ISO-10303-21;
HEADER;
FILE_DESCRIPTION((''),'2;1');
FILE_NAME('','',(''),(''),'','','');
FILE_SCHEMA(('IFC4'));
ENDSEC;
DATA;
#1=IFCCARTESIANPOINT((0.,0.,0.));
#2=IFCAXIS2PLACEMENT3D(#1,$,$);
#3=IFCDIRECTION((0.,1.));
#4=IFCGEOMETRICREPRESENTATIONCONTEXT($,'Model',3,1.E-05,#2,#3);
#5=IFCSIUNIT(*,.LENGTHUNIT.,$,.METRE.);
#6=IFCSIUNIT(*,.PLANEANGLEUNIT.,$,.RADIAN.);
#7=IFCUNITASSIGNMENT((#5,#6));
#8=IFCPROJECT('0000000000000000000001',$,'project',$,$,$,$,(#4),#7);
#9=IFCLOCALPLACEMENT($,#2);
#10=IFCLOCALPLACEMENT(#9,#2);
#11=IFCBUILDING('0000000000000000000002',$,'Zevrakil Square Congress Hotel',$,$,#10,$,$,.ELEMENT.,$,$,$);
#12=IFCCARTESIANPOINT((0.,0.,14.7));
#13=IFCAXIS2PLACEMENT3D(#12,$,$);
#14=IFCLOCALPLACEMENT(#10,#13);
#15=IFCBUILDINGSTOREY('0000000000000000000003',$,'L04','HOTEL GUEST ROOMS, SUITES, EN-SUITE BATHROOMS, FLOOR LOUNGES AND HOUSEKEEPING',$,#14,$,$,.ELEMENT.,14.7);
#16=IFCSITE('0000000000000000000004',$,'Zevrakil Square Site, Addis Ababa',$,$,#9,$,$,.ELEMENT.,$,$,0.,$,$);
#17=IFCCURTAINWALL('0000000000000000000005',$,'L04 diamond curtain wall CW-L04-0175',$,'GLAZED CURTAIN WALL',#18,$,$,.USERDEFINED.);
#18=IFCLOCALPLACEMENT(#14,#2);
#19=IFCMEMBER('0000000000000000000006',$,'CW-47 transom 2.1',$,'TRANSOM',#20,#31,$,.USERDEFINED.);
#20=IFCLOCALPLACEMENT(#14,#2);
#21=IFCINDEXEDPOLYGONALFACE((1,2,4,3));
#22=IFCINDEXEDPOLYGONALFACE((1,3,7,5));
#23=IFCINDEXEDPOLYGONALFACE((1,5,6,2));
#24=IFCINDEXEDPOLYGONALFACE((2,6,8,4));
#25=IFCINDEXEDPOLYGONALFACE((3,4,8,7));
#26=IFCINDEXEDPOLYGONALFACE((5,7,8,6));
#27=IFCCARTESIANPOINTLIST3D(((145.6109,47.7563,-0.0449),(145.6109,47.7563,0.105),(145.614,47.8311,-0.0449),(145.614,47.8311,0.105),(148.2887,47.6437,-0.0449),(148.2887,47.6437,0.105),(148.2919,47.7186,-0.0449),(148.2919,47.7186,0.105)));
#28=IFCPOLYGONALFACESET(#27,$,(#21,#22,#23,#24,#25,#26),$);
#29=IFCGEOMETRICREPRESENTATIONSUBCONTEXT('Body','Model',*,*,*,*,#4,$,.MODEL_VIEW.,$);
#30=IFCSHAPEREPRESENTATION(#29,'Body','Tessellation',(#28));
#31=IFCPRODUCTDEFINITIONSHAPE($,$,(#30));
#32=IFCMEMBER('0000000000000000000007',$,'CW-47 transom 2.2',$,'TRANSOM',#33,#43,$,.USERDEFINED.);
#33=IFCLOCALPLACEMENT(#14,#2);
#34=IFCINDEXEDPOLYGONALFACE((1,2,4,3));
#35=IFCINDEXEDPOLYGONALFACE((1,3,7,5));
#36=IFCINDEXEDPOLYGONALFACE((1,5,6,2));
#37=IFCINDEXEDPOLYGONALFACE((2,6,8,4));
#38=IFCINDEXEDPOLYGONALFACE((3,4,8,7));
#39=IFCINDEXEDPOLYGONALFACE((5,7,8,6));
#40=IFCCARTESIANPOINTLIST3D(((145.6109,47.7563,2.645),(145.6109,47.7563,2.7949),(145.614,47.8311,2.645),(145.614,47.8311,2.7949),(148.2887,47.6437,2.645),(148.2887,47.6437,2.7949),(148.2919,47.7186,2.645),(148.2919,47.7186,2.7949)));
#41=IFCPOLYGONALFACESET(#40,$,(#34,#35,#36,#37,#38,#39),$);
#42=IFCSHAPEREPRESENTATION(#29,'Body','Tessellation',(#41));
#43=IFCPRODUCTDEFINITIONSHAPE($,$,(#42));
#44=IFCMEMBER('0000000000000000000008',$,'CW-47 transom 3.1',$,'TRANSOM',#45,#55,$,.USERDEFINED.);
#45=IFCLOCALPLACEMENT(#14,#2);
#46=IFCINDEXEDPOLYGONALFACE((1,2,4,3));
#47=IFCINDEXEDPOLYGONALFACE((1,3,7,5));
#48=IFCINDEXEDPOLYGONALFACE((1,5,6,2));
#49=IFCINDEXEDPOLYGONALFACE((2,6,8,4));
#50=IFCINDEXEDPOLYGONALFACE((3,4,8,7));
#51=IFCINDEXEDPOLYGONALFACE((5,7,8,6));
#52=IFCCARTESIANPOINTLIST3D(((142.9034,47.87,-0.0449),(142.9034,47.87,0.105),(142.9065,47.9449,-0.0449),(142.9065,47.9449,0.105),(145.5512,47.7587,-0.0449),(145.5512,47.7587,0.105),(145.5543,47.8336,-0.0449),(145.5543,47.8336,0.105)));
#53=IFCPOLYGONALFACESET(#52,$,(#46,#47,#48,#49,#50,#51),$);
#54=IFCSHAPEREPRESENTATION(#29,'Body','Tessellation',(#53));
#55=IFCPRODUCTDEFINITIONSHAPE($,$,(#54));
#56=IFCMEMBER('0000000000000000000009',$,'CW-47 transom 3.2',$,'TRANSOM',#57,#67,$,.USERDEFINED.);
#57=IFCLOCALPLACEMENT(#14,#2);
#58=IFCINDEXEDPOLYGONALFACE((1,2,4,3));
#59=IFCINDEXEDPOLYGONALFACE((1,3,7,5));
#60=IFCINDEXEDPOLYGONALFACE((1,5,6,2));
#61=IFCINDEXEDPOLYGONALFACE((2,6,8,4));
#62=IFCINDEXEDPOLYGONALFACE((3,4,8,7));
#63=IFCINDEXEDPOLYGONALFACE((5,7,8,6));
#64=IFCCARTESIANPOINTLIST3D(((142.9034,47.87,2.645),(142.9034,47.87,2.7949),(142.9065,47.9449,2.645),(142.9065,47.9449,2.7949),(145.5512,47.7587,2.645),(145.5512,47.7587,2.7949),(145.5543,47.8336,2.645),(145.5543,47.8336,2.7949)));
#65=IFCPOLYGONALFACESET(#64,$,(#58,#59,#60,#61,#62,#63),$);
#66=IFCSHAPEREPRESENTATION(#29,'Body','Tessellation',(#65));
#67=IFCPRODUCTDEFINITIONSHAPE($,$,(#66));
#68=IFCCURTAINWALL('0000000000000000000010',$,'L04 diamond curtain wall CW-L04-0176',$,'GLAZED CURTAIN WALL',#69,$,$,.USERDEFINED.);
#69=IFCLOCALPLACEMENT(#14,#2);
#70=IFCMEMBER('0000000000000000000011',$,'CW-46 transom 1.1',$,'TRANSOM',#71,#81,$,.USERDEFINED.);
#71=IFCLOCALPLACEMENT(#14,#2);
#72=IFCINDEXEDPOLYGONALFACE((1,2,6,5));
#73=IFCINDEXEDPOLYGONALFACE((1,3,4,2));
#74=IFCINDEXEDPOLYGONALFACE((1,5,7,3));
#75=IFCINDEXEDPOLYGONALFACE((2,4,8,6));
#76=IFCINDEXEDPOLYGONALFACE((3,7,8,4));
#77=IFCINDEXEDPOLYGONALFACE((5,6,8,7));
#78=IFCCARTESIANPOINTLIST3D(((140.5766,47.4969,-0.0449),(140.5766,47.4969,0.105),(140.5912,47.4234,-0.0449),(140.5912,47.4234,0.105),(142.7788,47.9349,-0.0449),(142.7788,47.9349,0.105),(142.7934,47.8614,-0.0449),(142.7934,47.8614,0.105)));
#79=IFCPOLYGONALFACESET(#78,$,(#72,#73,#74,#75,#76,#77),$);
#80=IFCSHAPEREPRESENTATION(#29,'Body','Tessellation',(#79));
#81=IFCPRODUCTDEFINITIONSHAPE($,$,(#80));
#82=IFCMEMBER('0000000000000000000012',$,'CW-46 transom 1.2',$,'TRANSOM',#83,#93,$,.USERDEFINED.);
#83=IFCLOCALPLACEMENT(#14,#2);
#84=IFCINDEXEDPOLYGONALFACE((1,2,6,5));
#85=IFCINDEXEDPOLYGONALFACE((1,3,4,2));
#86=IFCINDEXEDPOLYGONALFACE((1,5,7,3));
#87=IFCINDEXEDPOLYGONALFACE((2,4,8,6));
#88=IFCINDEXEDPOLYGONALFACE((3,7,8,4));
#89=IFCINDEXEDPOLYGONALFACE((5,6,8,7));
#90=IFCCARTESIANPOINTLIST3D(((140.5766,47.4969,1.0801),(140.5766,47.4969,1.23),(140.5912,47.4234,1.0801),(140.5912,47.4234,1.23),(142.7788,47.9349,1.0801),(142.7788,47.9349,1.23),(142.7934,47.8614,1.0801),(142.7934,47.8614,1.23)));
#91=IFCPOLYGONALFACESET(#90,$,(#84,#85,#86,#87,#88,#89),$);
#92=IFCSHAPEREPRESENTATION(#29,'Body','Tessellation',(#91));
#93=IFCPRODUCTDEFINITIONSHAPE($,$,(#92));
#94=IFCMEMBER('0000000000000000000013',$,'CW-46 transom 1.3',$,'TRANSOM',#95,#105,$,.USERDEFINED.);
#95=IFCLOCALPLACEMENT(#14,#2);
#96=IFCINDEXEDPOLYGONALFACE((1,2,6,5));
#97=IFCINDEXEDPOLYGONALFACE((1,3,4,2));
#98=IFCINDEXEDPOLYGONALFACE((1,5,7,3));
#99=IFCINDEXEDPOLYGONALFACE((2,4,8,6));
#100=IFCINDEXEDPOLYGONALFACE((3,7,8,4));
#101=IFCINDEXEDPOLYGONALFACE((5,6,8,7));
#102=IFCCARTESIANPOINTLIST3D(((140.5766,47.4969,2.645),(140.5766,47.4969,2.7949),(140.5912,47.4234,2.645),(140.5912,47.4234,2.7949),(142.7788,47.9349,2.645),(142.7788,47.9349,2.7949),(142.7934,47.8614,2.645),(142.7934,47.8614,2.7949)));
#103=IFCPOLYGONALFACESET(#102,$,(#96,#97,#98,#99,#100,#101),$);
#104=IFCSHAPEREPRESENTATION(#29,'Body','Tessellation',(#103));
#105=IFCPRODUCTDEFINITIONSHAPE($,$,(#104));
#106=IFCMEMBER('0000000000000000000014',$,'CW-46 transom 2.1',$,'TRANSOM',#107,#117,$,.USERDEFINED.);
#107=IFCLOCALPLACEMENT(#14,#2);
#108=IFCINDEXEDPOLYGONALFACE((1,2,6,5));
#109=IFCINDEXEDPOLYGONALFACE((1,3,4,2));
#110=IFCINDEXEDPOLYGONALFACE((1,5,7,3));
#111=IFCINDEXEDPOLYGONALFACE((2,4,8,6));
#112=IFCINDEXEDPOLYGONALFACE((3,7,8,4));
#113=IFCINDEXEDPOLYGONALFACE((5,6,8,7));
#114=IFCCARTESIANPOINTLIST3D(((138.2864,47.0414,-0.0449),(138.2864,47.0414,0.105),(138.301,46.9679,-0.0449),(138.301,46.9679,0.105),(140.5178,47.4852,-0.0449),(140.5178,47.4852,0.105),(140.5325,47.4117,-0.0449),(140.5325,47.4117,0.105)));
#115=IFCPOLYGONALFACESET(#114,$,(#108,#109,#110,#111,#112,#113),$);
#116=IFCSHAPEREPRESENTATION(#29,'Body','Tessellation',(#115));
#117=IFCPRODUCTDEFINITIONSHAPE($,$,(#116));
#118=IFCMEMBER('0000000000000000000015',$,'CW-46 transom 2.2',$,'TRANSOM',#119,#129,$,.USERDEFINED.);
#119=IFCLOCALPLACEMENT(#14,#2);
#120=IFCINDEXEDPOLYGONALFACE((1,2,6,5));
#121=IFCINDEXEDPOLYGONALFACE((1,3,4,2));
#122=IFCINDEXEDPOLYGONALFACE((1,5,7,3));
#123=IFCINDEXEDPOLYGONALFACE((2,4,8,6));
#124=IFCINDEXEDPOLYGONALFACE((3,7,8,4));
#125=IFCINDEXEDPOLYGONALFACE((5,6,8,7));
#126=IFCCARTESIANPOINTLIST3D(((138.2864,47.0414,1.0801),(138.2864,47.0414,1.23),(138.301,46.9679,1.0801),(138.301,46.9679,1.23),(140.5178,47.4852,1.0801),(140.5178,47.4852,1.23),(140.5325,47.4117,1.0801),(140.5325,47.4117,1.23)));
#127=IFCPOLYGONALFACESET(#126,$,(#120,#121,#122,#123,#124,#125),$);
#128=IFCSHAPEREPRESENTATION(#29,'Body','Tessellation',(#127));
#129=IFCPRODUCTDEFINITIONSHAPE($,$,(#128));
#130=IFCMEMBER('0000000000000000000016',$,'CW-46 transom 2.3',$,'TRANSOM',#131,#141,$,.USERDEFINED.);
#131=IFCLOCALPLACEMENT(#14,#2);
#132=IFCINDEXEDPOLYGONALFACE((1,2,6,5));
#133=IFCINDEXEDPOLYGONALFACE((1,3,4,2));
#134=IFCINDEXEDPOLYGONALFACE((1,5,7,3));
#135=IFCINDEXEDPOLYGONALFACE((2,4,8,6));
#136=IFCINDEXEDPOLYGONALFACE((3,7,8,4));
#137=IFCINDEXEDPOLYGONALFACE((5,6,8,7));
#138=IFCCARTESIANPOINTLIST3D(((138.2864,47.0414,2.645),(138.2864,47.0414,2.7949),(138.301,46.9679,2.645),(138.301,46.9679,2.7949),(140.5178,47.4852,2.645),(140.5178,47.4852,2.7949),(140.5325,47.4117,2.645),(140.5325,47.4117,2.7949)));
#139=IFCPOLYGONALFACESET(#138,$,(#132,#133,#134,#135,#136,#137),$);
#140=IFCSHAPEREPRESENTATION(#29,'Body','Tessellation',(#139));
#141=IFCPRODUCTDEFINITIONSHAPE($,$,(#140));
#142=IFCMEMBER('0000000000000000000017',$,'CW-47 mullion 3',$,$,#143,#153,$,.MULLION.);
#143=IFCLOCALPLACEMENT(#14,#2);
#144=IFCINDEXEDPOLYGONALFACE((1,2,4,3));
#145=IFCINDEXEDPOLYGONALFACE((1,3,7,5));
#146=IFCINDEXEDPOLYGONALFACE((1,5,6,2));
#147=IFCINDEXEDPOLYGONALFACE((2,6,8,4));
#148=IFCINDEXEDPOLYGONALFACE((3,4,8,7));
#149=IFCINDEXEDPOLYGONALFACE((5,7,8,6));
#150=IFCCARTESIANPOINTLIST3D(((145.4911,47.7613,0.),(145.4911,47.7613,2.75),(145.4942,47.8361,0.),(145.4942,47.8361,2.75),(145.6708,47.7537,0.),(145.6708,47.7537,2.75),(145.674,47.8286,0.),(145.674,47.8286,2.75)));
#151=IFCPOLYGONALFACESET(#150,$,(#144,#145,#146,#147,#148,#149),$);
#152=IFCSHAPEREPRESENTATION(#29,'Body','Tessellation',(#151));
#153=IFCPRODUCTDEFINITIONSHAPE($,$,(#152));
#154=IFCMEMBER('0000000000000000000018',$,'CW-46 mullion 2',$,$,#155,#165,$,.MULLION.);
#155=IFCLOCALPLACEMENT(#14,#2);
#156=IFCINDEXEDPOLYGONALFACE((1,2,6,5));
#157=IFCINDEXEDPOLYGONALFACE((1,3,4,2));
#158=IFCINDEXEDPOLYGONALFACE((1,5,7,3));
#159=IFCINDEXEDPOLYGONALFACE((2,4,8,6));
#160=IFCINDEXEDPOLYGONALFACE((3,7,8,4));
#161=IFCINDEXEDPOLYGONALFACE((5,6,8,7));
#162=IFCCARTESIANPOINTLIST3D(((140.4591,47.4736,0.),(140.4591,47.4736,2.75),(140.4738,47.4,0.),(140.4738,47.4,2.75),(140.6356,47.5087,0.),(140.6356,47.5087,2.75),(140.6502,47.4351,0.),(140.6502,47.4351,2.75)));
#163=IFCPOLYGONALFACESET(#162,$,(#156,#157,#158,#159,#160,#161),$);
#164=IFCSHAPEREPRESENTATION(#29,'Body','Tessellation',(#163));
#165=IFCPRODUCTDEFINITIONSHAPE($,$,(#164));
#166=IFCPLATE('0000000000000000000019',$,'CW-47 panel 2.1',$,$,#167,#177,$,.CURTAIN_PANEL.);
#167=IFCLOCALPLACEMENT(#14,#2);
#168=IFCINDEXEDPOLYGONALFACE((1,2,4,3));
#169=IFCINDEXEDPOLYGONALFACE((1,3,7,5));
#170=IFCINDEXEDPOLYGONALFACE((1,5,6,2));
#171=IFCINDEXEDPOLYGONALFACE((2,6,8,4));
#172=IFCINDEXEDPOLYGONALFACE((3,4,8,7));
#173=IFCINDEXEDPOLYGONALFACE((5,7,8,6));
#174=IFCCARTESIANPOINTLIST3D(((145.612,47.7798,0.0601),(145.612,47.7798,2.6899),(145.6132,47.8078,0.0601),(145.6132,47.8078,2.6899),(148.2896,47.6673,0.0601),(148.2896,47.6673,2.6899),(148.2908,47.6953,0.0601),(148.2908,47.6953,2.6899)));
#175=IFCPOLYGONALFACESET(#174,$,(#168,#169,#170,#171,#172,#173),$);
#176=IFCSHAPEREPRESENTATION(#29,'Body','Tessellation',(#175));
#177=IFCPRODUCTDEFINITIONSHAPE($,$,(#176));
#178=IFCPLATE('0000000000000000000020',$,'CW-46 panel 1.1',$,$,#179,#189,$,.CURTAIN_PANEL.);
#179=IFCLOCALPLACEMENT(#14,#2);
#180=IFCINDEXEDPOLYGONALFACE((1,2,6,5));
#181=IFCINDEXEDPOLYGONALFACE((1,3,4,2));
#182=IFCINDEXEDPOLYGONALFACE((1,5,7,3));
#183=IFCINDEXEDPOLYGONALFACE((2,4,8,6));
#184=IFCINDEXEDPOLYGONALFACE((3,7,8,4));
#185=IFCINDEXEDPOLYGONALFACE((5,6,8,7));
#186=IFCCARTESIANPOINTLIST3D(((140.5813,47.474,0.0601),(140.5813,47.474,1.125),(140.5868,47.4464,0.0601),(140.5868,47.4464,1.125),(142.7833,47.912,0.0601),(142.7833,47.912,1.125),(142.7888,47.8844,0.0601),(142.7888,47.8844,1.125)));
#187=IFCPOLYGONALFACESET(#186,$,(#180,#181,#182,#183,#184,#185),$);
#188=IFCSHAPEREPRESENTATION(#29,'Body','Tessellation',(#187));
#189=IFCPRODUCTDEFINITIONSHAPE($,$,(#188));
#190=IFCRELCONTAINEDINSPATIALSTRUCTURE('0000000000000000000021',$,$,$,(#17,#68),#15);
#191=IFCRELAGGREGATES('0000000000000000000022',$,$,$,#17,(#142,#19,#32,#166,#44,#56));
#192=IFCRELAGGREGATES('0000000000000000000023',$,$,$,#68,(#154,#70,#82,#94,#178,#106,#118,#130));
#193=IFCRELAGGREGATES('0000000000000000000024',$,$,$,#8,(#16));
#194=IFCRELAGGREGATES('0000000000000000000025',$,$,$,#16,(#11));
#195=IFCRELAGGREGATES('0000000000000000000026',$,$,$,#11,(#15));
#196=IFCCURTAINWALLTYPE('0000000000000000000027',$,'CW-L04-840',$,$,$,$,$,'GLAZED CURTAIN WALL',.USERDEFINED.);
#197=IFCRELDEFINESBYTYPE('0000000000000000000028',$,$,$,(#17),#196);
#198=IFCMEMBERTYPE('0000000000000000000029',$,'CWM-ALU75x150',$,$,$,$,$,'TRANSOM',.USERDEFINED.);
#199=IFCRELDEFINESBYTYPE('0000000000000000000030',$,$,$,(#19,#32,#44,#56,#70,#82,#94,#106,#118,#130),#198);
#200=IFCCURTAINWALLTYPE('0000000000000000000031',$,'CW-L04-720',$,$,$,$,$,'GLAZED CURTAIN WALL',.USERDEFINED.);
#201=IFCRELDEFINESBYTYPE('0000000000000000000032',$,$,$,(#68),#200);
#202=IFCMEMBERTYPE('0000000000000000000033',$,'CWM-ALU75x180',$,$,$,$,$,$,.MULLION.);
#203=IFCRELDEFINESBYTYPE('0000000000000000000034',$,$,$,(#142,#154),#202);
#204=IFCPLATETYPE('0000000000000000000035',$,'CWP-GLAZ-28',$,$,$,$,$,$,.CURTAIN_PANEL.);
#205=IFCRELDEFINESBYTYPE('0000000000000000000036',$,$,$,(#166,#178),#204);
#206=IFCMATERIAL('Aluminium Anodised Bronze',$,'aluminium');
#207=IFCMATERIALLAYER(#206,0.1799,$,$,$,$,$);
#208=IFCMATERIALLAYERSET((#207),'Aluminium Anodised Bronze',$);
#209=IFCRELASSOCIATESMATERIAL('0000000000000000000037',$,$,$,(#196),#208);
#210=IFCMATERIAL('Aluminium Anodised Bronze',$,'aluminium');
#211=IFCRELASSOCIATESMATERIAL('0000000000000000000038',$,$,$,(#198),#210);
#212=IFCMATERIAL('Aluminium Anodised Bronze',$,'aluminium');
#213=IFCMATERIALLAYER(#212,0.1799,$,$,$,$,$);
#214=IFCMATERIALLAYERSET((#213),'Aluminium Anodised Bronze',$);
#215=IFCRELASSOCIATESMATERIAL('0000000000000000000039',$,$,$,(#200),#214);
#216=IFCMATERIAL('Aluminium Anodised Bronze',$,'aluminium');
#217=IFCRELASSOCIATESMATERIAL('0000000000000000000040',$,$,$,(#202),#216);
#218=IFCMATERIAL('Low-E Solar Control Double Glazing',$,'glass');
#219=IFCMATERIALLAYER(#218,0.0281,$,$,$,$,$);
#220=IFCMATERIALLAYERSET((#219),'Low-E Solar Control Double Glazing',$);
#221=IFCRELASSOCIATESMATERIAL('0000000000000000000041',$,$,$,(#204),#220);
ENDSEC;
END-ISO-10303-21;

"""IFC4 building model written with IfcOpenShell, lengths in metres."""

from ifc_helpers import new_model, si_unit, direction, frame, origin, origin_2d, place, context, subcontext, project, spatial, rectangle, extrude, material, layer, layer_set, material_profile, profile_set, type_object, element, aggregate, save


model = new_model("IFC4")

# Units and contexts
model_context = context("Model", 3, precision=1e-05, world=origin(), true_north=direction((0.0, 1.0)))
body_context = subcontext(model_context, "Body", "Model", "MODEL_VIEW")
ifc_project = project(units=[si_unit("LENGTHUNIT", "METRE"), si_unit("PLANEANGLEUNIT", "RADIAN")], contexts=[model_context])

# Site, building, storey
site_placement = place(None, origin())
site = spatial("IfcSite", under=ifc_project, at=site_placement, Name="Zevrakil Square Site, Addis Ababa", CompositionType="ELEMENT", RefElevation=0.0)
building_placement = place(site_placement, origin())
building = spatial("IfcBuilding", under=site, at=building_placement, Name="Zevrakil Square Congress Hotel", CompositionType="ELEMENT")
storey_placement = place(building_placement, frame((0.0, 0.0, 14.7)))
storey = spatial("IfcBuildingStorey", under=building, at=storey_placement, Name="L04", Description="HOTEL GUEST ROOMS, SUITES, EN-SUITE BATHROOMS, FLOOR LOUNGES AND HOUSEKEEPING", CompositionType="ELEMENT", Elevation=14.7)

# Curtain walls, members
ifc_material_1 = material(Name="Aluminium Anodised Bronze", Category="aluminium")
ifc_layer_1 = layer(ifc_material_1, 0.1799)
ifc_layer_set_1 = layer_set([ifc_layer_1], Name="Aluminium Anodised Bronze")
curtain_wall_type_1 = type_object("IfcCurtainWallType", Name="CW-L04-840", ElementType="GLAZED CURTAIN WALL", PredefinedType="USERDEFINED", material=ifc_layer_set_1)
curtain_wall_1_placement = place(storey_placement, origin())
curtain_wall_1 = element("IfcCurtainWall", 1, at=curtain_wall_1_placement, inside=storey, type_object=curtain_wall_type_1, Name="L04 diamond curtain wall CW-L04-0175", ObjectType="GLAZED CURTAIN WALL", PredefinedType="USERDEFINED")
ifc_material_2 = material(Name="Aluminium Anodised Bronze", Category="aluminium")
ifc_material_profile_1 = material_profile(ifc_material_2, rectangle(XDim=0.075, YDim=0.1499, at=origin_2d()), Name="ALU 75x150")
ifc_profile_set_1 = profile_set([ifc_material_profile_1], Name="Aluminium Anodised Bronze")
member_type_1 = type_object("IfcMemberType", Name="CWM-ALU75x150", ElementType="TRANSOM", PredefinedType="USERDEFINED", material=ifc_profile_set_1)
member_1_placement = place(storey_placement, frame((148.2903, 47.6812, 0.03), z_axis=(-0.999118, 0.041994, 0.0), x_axis=(-0.041994, -0.999118, 0.0)))
member_1 = element("IfcMember", 2, at=member_1_placement, type_object=member_type_1, Name="CW-47 transom 2.1", ObjectType="TRANSOM", PredefinedType="USERDEFINED", context=body_context, shape_type="SweptSolid", body=[
    extrude(rectangle(XDim=0.075, YDim=0.1499, at=origin_2d()), origin(), (0.0, 0.0, 1.0), 2.6802),
])
member_2_placement = place(storey_placement, frame((148.2903, 47.6812, 2.72), z_axis=(-0.999118, 0.041994, 0.0), x_axis=(-0.041994, -0.999118, 0.0)))
member_2 = element("IfcMember", 3, at=member_2_placement, type_object=member_type_1, Name="CW-47 transom 2.2", ObjectType="TRANSOM", PredefinedType="USERDEFINED", context=body_context, shape_type="SweptSolid", body=[
    extrude(rectangle(XDim=0.075, YDim=0.1499, at=origin_2d()), origin(), (0.0, 0.0, 1.0), 2.6802),
])
member_3_placement = place(storey_placement, frame((145.5527, 47.7961, 0.03), z_axis=(-0.999117, 0.04201, 0.0), x_axis=(-0.04201, -0.999117, 0.0)))
member_3 = element("IfcMember", 4, at=member_3_placement, type_object=member_type_1, Name="CW-47 transom 3.1", ObjectType="TRANSOM", PredefinedType="USERDEFINED", context=body_context, shape_type="SweptSolid", body=[
    extrude(rectangle(XDim=0.075, YDim=0.1499, at=origin_2d()), origin(), (0.0, 0.0, 1.0), 2.6501),
])
member_4_placement = place(storey_placement, frame((145.5527, 47.7961, 2.72), z_axis=(-0.999117, 0.04201, 0.0), x_axis=(-0.04201, -0.999117, 0.0)))
member_4 = element("IfcMember", 5, at=member_4_placement, type_object=member_type_1, Name="CW-47 transom 3.2", ObjectType="TRANSOM", PredefinedType="USERDEFINED", context=body_context, shape_type="SweptSolid", body=[
    extrude(rectangle(XDim=0.075, YDim=0.1499, at=origin_2d()), origin(), (0.0, 0.0, 1.0), 2.6501),
])
ifc_material_3 = material(Name="Aluminium Anodised Bronze", Category="aluminium")
ifc_layer_2 = layer(ifc_material_3, 0.1799)
ifc_layer_set_2 = layer_set([ifc_layer_2], Name="Aluminium Anodised Bronze")
curtain_wall_type_2 = type_object("IfcCurtainWallType", Name="CW-L04-720", ElementType="GLAZED CURTAIN WALL", PredefinedType="USERDEFINED", material=ifc_layer_set_2)
curtain_wall_2_placement = place(storey_placement, origin())
curtain_wall_2 = element("IfcCurtainWall", 6, at=curtain_wall_2_placement, inside=storey, type_object=curtain_wall_type_2, Name="L04 diamond curtain wall CW-L04-0176", ObjectType="GLAZED CURTAIN WALL", PredefinedType="USERDEFINED")
member_5_placement = place(storey_placement, frame((142.7861, 47.8982, 0.03), z_axis=(-0.980789, -0.19507, 0.0), x_axis=(0.19507, -0.980789, 0.0)))
member_5 = element("IfcMember", 7, at=member_5_placement, type_object=member_type_1, Name="CW-46 transom 1.1", ObjectType="TRANSOM", PredefinedType="USERDEFINED", context=body_context, shape_type="SweptSolid", body=[
    extrude(rectangle(XDim=0.075, YDim=0.1499, at=origin_2d()), origin(), (0.0, 0.0, 1.0), 2.2454),
])
member_6_placement = place(storey_placement, frame((142.7861, 47.8982, 1.155), z_axis=(-0.980789, -0.19507, 0.0), x_axis=(0.19507, -0.980789, 0.0)))
member_6 = element("IfcMember", 8, at=member_6_placement, type_object=member_type_1, Name="CW-46 transom 1.2", ObjectType="TRANSOM", PredefinedType="USERDEFINED", context=body_context, shape_type="SweptSolid", body=[
    extrude(rectangle(XDim=0.075, YDim=0.1499, at=origin_2d()), origin(), (0.0, 0.0, 1.0), 2.2454),
])
member_7_placement = place(storey_placement, frame((142.7861, 47.8982, 2.72), z_axis=(-0.980789, -0.19507, 0.0), x_axis=(0.19507, -0.980789, 0.0)))
member_7 = element("IfcMember", 9, at=member_7_placement, type_object=member_type_1, Name="CW-46 transom 1.3", ObjectType="TRANSOM", PredefinedType="USERDEFINED", context=body_context, shape_type="SweptSolid", body=[
    extrude(rectangle(XDim=0.075, YDim=0.1499, at=origin_2d()), origin(), (0.0, 0.0, 1.0), 2.2454),
])
member_8_placement = place(storey_placement, frame((140.5251, 47.4485, 0.03), z_axis=(-0.980786, -0.195084, 0.0), x_axis=(0.195084, -0.980786, 0.0)))
member_8 = element("IfcMember", 10, at=member_8_placement, type_object=member_type_1, Name="CW-46 transom 2.1", ObjectType="TRANSOM", PredefinedType="USERDEFINED", context=body_context, shape_type="SweptSolid", body=[
    extrude(rectangle(XDim=0.075, YDim=0.1499, at=origin_2d()), origin(), (0.0, 0.0, 1.0), 2.2751),
])
member_9_placement = place(storey_placement, frame((140.5251, 47.4485, 1.155), z_axis=(-0.980786, -0.195084, 0.0), x_axis=(0.195084, -0.980786, 0.0)))
member_9 = element("IfcMember", 11, at=member_9_placement, type_object=member_type_1, Name="CW-46 transom 2.2", ObjectType="TRANSOM", PredefinedType="USERDEFINED", context=body_context, shape_type="SweptSolid", body=[
    extrude(rectangle(XDim=0.075, YDim=0.1499, at=origin_2d()), origin(), (0.0, 0.0, 1.0), 2.2751),
])
member_10_placement = place(storey_placement, frame((140.5251, 47.4485, 2.72), z_axis=(-0.980786, -0.195084, 0.0), x_axis=(0.195084, -0.980786, 0.0)))
member_10 = element("IfcMember", 12, at=member_10_placement, type_object=member_type_1, Name="CW-46 transom 2.3", ObjectType="TRANSOM", PredefinedType="USERDEFINED", context=body_context, shape_type="SweptSolid", body=[
    extrude(rectangle(XDim=0.075, YDim=0.1499, at=origin_2d()), origin(), (0.0, 0.0, 1.0), 2.2751),
])

# Members
ifc_material_4 = material(Name="Aluminium Anodised Bronze", Category="aluminium")
ifc_material_profile_2 = material_profile(ifc_material_4, rectangle(XDim=0.075, YDim=0.1799, at=origin_2d()), Name="ALU 75x180")
ifc_profile_set_2 = profile_set([ifc_material_profile_2], Name="Aluminium Anodised Bronze")
member_type_2 = type_object("IfcMemberType", Name="CWM-ALU75x180", PredefinedType="MULLION", material=ifc_profile_set_2)
member_11_placement = place(storey_placement, frame((145.5825, 47.7949, 0.0), z_axis=(0.0, 0.0, 1.0), x_axis=(-0.041971, -0.999119, 0.0)))
member_11 = element("IfcMember", 13, at=member_11_placement, type_object=member_type_2, Name="CW-47 mullion 3", PredefinedType="MULLION", context=body_context, shape_type="SweptSolid", body=[
    extrude(rectangle(XDim=0.075, YDim=0.1799, at=origin_2d()), origin(), (0.0, 0.0, 1.0), 2.75),
])
member_12_placement = place(storey_placement, frame((140.5547, 47.4543, 0.0), z_axis=(0.0, 0.0, 1.0), x_axis=(0.195084, -0.980787, 0.0)))
member_12 = element("IfcMember", 14, at=member_12_placement, type_object=member_type_2, Name="CW-46 mullion 2", PredefinedType="MULLION", context=body_context, shape_type="SweptSolid", body=[
    extrude(rectangle(XDim=0.075, YDim=0.1799, at=origin_2d()), origin(), (0.0, 0.0, 1.0), 2.75),
])

# Plates
ifc_material_5 = material(Name="Low-E Solar Control Double Glazing", Category="glass")
ifc_layer_3 = layer(ifc_material_5, 0.0281)
ifc_layer_set_3 = layer_set([ifc_layer_3], Name="Low-E Solar Control Double Glazing")
plate_type_1 = type_object("IfcPlateType", Name="CWP-GLAZ-28", PredefinedType="CURTAIN_PANEL", material=ifc_layer_set_3)
plate_1_placement = place(storey_placement, frame((146.9514, 47.7375, 0.0601), z_axis=(0.0, 0.0, 1.0), x_axis=(-0.999119, 0.041971, 0.0)))
plate_1 = element("IfcPlate", 15, at=plate_1_placement, type_object=plate_type_1, Name="CW-47 panel 2.1", PredefinedType="CURTAIN_PANEL", context=body_context, shape_type="SweptSolid", body=[
    extrude(rectangle(XDim=2.6799, YDim=0.0281, at=origin_2d()), origin(), (0.0, 0.0, 1.0), 2.6299),
])
plate_2_placement = place(storey_placement, frame((141.6851, 47.6792, 0.0601), z_axis=(0.0, 0.0, 1.0), x_axis=(-0.980787, -0.195084, 0.0)))
plate_2 = element("IfcPlate", 16, at=plate_2_placement, type_object=plate_type_1, Name="CW-46 panel 1.1", PredefinedType="CURTAIN_PANEL", context=body_context, shape_type="SweptSolid", body=[
    extrude(rectangle(XDim=2.2451, YDim=0.0281, at=origin_2d()), origin(), (0.0, 0.0, 1.0), 1.0649),
])
aggregate(curtain_wall_1, [member_11, member_1, member_2, plate_1, member_3, member_4])
aggregate(curtain_wall_2, [member_12, member_5, member_6, member_7, plate_2, member_8, member_9, member_10])

save(model, "model.ifc")
